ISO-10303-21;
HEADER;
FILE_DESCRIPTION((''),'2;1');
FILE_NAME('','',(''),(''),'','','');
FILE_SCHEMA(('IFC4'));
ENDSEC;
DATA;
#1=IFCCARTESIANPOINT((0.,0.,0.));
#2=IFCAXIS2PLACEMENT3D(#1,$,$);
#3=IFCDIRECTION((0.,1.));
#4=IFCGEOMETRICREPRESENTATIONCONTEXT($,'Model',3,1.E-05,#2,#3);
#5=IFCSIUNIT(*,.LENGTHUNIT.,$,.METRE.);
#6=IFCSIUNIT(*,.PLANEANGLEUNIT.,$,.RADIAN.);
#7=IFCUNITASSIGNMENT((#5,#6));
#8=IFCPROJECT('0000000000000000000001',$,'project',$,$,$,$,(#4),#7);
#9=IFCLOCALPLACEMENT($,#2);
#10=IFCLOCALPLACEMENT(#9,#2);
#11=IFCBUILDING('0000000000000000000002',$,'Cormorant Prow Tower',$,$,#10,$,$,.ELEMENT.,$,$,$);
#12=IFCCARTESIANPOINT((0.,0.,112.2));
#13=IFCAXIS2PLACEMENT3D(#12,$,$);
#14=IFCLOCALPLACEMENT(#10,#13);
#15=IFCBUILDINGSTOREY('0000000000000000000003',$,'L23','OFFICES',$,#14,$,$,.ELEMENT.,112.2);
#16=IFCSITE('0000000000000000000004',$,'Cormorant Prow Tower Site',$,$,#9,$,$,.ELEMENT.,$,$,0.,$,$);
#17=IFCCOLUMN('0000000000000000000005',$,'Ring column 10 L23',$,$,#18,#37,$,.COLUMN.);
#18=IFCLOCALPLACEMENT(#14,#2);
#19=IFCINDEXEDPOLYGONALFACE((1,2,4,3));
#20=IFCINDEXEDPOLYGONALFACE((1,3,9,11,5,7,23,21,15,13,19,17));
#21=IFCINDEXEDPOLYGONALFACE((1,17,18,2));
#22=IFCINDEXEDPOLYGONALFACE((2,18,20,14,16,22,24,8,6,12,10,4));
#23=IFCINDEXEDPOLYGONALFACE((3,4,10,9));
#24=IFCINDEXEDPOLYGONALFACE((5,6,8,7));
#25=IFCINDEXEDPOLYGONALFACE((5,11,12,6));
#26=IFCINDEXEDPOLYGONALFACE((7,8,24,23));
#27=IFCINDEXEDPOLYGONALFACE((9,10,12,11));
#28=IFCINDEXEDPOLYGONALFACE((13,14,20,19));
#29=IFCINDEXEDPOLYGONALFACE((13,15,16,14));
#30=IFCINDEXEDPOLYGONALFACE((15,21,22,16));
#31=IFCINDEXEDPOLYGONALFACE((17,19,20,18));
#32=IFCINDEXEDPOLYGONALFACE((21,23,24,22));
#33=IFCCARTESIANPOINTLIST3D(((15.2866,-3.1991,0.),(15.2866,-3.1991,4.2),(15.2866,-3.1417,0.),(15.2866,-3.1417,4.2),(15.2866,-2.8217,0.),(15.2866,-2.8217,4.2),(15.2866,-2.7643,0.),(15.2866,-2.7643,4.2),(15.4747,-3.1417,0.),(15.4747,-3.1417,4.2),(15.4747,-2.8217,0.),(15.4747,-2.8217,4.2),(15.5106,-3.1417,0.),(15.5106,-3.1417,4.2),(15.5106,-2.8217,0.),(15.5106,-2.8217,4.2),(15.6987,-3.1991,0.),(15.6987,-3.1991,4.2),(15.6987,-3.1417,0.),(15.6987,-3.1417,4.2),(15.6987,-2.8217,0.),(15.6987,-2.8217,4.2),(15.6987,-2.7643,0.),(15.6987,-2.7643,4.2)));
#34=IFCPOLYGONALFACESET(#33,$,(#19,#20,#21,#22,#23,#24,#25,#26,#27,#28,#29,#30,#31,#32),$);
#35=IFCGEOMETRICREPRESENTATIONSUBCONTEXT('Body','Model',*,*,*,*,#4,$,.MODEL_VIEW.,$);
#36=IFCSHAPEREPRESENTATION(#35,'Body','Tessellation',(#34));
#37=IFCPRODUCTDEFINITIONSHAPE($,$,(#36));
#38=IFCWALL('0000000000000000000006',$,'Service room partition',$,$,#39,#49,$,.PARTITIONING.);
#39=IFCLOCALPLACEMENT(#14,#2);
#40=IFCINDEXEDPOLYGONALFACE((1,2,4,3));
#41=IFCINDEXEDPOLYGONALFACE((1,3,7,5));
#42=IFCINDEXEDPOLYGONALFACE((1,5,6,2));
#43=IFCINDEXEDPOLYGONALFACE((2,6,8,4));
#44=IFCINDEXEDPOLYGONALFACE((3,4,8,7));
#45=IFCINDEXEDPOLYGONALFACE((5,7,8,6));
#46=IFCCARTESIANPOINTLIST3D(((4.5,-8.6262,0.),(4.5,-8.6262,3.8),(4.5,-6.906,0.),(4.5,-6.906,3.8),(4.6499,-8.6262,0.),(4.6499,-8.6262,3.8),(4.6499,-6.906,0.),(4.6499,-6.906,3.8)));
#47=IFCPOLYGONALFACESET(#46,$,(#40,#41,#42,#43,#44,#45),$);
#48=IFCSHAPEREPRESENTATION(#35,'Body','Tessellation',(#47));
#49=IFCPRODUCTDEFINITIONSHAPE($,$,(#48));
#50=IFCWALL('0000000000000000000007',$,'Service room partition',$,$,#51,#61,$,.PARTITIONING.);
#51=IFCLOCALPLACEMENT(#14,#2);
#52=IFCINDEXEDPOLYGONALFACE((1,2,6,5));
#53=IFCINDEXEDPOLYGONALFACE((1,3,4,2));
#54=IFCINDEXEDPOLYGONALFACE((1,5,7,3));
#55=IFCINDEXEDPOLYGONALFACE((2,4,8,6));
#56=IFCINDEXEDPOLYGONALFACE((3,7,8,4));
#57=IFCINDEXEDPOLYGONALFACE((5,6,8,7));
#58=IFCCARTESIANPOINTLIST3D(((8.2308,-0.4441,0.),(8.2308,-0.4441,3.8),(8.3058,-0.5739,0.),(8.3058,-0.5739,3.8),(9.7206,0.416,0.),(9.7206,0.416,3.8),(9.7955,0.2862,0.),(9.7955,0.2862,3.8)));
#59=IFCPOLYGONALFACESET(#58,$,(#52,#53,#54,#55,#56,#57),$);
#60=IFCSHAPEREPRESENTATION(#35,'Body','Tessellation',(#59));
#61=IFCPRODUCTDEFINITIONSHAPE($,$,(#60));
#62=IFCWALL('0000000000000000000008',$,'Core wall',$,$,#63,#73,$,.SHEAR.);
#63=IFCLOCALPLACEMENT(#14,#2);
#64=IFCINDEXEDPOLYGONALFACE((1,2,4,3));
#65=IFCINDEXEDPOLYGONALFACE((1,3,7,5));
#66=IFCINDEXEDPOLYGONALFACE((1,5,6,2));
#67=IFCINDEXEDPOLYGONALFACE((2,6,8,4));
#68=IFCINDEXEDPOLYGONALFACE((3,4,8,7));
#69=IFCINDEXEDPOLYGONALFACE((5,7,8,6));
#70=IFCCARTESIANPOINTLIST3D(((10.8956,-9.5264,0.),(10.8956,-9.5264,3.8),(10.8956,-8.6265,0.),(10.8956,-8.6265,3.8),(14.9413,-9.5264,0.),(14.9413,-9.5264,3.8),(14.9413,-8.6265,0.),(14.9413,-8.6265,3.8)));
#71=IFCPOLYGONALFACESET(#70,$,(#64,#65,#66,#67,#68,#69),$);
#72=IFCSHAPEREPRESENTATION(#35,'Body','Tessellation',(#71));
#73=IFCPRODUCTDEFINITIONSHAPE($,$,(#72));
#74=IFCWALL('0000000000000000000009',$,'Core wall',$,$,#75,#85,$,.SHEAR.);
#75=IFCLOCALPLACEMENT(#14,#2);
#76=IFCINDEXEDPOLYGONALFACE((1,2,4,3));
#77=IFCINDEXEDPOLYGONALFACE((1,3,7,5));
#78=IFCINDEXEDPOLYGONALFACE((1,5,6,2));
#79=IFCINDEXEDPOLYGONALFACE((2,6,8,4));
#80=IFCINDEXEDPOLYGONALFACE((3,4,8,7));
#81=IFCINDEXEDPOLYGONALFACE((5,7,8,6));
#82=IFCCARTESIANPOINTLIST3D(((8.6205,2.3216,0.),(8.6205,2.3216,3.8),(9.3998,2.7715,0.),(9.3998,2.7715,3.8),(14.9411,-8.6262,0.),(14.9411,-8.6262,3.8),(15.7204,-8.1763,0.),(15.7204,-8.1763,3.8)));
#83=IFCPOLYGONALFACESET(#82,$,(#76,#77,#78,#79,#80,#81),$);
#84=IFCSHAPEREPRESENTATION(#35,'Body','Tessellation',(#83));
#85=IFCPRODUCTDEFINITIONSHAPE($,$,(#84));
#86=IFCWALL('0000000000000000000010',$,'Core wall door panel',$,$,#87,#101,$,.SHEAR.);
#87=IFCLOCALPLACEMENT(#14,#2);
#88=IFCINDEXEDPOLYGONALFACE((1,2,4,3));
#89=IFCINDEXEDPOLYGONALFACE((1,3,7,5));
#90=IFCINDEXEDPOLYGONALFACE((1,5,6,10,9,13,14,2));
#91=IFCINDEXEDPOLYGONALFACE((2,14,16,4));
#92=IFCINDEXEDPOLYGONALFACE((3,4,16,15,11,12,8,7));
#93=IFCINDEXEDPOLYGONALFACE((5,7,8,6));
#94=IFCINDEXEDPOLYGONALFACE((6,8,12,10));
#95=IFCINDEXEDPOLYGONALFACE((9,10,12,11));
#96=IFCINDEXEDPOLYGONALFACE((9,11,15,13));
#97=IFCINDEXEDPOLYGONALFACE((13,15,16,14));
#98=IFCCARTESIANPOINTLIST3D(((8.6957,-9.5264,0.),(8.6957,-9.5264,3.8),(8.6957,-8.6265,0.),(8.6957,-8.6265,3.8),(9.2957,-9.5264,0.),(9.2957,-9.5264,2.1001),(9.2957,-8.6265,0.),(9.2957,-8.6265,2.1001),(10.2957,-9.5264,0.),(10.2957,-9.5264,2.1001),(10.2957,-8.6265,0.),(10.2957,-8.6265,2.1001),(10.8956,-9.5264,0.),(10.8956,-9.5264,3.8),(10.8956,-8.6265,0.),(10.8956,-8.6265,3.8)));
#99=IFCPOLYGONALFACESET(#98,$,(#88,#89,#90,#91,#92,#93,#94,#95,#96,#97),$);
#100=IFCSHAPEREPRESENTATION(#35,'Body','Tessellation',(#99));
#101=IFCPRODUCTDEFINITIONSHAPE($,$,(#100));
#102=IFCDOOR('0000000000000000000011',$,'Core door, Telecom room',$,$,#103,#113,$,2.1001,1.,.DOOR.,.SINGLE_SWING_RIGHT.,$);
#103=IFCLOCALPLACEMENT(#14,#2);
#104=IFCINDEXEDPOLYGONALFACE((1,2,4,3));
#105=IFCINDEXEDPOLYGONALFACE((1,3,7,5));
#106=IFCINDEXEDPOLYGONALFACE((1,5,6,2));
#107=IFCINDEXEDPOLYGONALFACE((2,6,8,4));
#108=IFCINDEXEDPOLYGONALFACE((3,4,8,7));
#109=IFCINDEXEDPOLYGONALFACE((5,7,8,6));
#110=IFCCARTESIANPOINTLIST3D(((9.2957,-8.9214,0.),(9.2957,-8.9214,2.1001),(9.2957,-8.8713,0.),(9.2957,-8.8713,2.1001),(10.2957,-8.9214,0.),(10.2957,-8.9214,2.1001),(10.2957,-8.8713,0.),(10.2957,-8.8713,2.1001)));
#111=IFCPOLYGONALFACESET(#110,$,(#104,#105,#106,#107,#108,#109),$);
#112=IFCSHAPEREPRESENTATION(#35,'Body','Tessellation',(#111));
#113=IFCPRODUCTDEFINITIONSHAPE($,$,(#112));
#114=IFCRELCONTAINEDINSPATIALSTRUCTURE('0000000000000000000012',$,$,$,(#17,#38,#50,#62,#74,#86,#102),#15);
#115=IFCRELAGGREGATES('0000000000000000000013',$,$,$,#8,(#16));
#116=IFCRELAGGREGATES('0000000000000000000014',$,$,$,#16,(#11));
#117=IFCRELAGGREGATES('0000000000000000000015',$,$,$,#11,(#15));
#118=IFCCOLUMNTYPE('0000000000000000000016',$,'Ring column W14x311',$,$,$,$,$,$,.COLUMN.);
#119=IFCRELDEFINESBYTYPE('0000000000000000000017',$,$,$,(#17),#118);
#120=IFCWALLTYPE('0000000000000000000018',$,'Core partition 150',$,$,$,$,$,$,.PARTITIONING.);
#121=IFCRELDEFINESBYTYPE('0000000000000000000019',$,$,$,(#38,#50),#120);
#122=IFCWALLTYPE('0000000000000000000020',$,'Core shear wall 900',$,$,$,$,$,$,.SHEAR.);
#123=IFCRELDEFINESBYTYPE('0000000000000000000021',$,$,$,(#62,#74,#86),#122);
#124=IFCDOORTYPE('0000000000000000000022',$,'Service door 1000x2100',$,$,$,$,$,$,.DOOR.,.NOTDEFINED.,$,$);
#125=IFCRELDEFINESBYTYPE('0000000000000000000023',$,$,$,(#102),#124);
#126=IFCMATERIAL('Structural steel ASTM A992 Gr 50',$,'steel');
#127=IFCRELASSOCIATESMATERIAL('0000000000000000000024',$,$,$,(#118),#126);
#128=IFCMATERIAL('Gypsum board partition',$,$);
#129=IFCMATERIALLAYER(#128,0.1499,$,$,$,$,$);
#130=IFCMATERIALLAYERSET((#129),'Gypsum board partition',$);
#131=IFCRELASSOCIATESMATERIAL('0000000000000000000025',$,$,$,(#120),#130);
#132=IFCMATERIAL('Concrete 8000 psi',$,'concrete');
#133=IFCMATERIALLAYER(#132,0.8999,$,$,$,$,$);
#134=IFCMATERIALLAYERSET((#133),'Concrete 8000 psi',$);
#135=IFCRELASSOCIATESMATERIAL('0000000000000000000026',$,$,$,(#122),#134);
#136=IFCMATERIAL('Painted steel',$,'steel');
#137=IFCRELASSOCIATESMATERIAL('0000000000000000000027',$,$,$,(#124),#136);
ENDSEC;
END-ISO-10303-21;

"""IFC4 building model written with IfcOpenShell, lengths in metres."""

from ifc_helpers import new_model, si_unit, direction, frame, frame_2d, origin, origin_2d, place, context, subcontext, project, spatial, rectangle, i_section, extrude, material, layer, layer_set, material_profile, profile_set, type_object, element, fill, save


model = new_model("IFC4")

# Units and contexts
model_context = context("Model", 3, precision=1e-05, world=origin(), true_north=direction((0.0, 1.0)))
body_context = subcontext(model_context, "Body", "Model", "MODEL_VIEW")
ifc_project = project(units=[si_unit("LENGTHUNIT", "METRE"), si_unit("PLANEANGLEUNIT", "RADIAN")], contexts=[model_context])

# Site, building, storey
site_placement = place(None, origin())
site = spatial("IfcSite", under=ifc_project, at=site_placement, Name="Cormorant Prow Tower Site", CompositionType="ELEMENT", RefElevation=0.0)
building_placement = place(site_placement, origin())
building = spatial("IfcBuilding", under=site, at=building_placement, Name="Cormorant Prow Tower", CompositionType="ELEMENT")
storey_placement = place(building_placement, frame((0.0, 0.0, 112.2)))
storey = spatial("IfcBuildingStorey", under=building, at=storey_placement, Name="L23", Description="OFFICES", CompositionType="ELEMENT", Elevation=112.2)

# Column
ifc_material_1 = material(Name="Structural steel ASTM A992 Gr 50", Category="steel")
ifc_material_profile = material_profile(ifc_material_1, i_section(OverallWidth=0.4121, OverallDepth=0.4348, WebThickness=0.0359, FlangeThickness=0.0574, at=origin_2d()), Name="W14x311")
ifc_profile_set = profile_set([ifc_material_profile], Name="Structural steel ASTM A992 Gr 50")
column_type = type_object("IfcColumnType", Name="Ring column W14x311", PredefinedType="COLUMN", material=ifc_profile_set)
column_placement = place(storey_placement, frame((15.4927, -2.9817, 0.0), z_axis=(0.0, 0.0, 1.0), x_axis=(1.0, 0.0, 0.0)))
element("IfcColumn", 1, at=column_placement, inside=storey, type_object=column_type, Name="Ring column 10 L23", PredefinedType="COLUMN", context=body_context, shape_type="SweptSolid", body=[
    extrude(i_section(OverallWidth=0.4121, OverallDepth=0.4348, WebThickness=0.0359, FlangeThickness=0.0574, at=origin_2d()), origin(), (0.0, 0.0, 1.0), 4.2),
])

# Walls
ifc_material_2 = material(Name="Gypsum board partition")
ifc_layer_1 = layer(ifc_material_2, 0.1499)
ifc_layer_set_1 = layer_set([ifc_layer_1], Name="Gypsum board partition")
wall_type_1 = type_object("IfcWallType", Name="Core partition 150", PredefinedType="PARTITIONING", material=ifc_layer_set_1)
for number, where, z_axis, x_axis, name in (
    (2, (4.575, -6.906, 0.0), (0.0, 0.0, 1.0), (0.0, -1.0, 0.0), "Service room partition"),
    (3, (8.2683, -0.509, 0.0), (0.0, 0.0, 1.0), (0.866025, 0.500001, 0.0), "Service room partition"),
):
    element("IfcWall", number, at=place(storey_placement, frame(where, z_axis=z_axis, x_axis=x_axis)), inside=storey, type_object=wall_type_1, Name=name, PredefinedType="PARTITIONING", context=body_context, shape_type="SweptSolid", body=[
        extrude(rectangle(XDim=1.7202, YDim=0.1499, at=frame_2d((0.8601, 0.0))), origin(), (0.0, 0.0, 1.0), 3.8),
    ])
ifc_material_3 = material(Name="Concrete 8000 psi", Category="concrete")
ifc_layer_2 = layer(ifc_material_3, 0.8999)
ifc_layer_set_2 = layer_set([ifc_layer_2], Name="Concrete 8000 psi")
wall_type_2 = type_object("IfcWallType", Name="Core shear wall 900", PredefinedType="SHEAR", material=ifc_layer_set_2)
wall_1_placement = place(storey_placement, frame((10.8955, -9.0764, 0.0), z_axis=(0.0, 0.0, 1.0), x_axis=(1.0, 0.0, 0.0)))
element("IfcWall", 4, at=wall_1_placement, inside=storey, type_object=wall_type_2, Name="Core wall", PredefinedType="SHEAR", context=body_context, shape_type="SweptSolid", body=[
    extrude(rectangle(XDim=4.0457, YDim=0.8999, at=frame_2d((2.0229, 0.0))), origin(), (0.0, 0.0, 1.0), 3.8),
])
wall_2_placement = place(storey_placement, frame((15.3308, -8.4014, 0.0), z_axis=(0.0, 0.0, 1.0), x_axis=(-0.499992, 0.86603, 0.0)))
element("IfcWall", 5, at=wall_2_placement, inside=storey, type_object=wall_type_2, Name="Core wall", PredefinedType="SHEAR", context=body_context, shape_type="SweptSolid", body=[
    extrude(rectangle(XDim=12.6414, YDim=0.8999, at=frame_2d((6.3208, 0.0))), origin(), (0.0, 0.0, 1.0), 3.8),
])

# Wall, opening, door
wall_3_placement = place(storey_placement, frame((8.6956, -9.0764, 0.0), z_axis=(0.0, 0.0, 1.0), x_axis=(1.0, 0.0, 0.0)))
wall_3 = element("IfcWall", 6, at=wall_3_placement, inside=storey, type_object=wall_type_2, Name="Core wall door panel", PredefinedType="SHEAR", context=body_context, shape_type="SweptSolid", body=[
    extrude(rectangle(XDim=2.2, YDim=0.8999, at=frame_2d((1.1001, 0.0))), origin(), (0.0, 0.0, 1.0), 3.8),
])
opening_1_placement = place(wall_3_placement, frame((0.6001, 0.0, 0.0)))
opening_1 = element("IfcOpeningElement", 7, at=opening_1_placement, cuts=wall_3, PredefinedType="OPENING", context=body_context, shape_type="SweptSolid", body=[
    extrude(rectangle(XDim=1.0, YDim=2.1001, at=frame_2d((0.5, 1.05))), frame((0.0, 0.46, 0.0), z_axis=(0.0, -1.0, 0.0), x_axis=(1.0, 0.0, 0.0)), (0.0, 0.0, 1.0), 0.9199),
])
ifc_material_4 = material(Name="Painted steel", Category="steel")
door_type_1 = type_object("IfcDoorType", Name="Service door 1000x2100", OperationType="NOTDEFINED", PredefinedType="DOOR", material=ifc_material_4)
door_1_placement = place(opening_1_placement, origin())
door_1 = element("IfcDoor", 8, at=door_1_placement, inside=storey, type_object=door_type_1, Name="Core door, Telecom room", OperationType="SINGLE_SWING_RIGHT", OverallHeight=2.1001, OverallWidth=1.0, PredefinedType="DOOR", context=body_context, shape_type="SweptSolid", body=[
    extrude(rectangle(XDim=1.0, YDim=2.1001, at=frame_2d((0.5, 1.05))), frame((0.0, 0.2051, 0.0), z_axis=(0.0, -1.0, 0.0), x_axis=(1.0, 0.0, 0.0)), (0.0, 0.0, 1.0), 0.05),
])
fill(opening_1, door_1)

save(model, "model.ifc")
